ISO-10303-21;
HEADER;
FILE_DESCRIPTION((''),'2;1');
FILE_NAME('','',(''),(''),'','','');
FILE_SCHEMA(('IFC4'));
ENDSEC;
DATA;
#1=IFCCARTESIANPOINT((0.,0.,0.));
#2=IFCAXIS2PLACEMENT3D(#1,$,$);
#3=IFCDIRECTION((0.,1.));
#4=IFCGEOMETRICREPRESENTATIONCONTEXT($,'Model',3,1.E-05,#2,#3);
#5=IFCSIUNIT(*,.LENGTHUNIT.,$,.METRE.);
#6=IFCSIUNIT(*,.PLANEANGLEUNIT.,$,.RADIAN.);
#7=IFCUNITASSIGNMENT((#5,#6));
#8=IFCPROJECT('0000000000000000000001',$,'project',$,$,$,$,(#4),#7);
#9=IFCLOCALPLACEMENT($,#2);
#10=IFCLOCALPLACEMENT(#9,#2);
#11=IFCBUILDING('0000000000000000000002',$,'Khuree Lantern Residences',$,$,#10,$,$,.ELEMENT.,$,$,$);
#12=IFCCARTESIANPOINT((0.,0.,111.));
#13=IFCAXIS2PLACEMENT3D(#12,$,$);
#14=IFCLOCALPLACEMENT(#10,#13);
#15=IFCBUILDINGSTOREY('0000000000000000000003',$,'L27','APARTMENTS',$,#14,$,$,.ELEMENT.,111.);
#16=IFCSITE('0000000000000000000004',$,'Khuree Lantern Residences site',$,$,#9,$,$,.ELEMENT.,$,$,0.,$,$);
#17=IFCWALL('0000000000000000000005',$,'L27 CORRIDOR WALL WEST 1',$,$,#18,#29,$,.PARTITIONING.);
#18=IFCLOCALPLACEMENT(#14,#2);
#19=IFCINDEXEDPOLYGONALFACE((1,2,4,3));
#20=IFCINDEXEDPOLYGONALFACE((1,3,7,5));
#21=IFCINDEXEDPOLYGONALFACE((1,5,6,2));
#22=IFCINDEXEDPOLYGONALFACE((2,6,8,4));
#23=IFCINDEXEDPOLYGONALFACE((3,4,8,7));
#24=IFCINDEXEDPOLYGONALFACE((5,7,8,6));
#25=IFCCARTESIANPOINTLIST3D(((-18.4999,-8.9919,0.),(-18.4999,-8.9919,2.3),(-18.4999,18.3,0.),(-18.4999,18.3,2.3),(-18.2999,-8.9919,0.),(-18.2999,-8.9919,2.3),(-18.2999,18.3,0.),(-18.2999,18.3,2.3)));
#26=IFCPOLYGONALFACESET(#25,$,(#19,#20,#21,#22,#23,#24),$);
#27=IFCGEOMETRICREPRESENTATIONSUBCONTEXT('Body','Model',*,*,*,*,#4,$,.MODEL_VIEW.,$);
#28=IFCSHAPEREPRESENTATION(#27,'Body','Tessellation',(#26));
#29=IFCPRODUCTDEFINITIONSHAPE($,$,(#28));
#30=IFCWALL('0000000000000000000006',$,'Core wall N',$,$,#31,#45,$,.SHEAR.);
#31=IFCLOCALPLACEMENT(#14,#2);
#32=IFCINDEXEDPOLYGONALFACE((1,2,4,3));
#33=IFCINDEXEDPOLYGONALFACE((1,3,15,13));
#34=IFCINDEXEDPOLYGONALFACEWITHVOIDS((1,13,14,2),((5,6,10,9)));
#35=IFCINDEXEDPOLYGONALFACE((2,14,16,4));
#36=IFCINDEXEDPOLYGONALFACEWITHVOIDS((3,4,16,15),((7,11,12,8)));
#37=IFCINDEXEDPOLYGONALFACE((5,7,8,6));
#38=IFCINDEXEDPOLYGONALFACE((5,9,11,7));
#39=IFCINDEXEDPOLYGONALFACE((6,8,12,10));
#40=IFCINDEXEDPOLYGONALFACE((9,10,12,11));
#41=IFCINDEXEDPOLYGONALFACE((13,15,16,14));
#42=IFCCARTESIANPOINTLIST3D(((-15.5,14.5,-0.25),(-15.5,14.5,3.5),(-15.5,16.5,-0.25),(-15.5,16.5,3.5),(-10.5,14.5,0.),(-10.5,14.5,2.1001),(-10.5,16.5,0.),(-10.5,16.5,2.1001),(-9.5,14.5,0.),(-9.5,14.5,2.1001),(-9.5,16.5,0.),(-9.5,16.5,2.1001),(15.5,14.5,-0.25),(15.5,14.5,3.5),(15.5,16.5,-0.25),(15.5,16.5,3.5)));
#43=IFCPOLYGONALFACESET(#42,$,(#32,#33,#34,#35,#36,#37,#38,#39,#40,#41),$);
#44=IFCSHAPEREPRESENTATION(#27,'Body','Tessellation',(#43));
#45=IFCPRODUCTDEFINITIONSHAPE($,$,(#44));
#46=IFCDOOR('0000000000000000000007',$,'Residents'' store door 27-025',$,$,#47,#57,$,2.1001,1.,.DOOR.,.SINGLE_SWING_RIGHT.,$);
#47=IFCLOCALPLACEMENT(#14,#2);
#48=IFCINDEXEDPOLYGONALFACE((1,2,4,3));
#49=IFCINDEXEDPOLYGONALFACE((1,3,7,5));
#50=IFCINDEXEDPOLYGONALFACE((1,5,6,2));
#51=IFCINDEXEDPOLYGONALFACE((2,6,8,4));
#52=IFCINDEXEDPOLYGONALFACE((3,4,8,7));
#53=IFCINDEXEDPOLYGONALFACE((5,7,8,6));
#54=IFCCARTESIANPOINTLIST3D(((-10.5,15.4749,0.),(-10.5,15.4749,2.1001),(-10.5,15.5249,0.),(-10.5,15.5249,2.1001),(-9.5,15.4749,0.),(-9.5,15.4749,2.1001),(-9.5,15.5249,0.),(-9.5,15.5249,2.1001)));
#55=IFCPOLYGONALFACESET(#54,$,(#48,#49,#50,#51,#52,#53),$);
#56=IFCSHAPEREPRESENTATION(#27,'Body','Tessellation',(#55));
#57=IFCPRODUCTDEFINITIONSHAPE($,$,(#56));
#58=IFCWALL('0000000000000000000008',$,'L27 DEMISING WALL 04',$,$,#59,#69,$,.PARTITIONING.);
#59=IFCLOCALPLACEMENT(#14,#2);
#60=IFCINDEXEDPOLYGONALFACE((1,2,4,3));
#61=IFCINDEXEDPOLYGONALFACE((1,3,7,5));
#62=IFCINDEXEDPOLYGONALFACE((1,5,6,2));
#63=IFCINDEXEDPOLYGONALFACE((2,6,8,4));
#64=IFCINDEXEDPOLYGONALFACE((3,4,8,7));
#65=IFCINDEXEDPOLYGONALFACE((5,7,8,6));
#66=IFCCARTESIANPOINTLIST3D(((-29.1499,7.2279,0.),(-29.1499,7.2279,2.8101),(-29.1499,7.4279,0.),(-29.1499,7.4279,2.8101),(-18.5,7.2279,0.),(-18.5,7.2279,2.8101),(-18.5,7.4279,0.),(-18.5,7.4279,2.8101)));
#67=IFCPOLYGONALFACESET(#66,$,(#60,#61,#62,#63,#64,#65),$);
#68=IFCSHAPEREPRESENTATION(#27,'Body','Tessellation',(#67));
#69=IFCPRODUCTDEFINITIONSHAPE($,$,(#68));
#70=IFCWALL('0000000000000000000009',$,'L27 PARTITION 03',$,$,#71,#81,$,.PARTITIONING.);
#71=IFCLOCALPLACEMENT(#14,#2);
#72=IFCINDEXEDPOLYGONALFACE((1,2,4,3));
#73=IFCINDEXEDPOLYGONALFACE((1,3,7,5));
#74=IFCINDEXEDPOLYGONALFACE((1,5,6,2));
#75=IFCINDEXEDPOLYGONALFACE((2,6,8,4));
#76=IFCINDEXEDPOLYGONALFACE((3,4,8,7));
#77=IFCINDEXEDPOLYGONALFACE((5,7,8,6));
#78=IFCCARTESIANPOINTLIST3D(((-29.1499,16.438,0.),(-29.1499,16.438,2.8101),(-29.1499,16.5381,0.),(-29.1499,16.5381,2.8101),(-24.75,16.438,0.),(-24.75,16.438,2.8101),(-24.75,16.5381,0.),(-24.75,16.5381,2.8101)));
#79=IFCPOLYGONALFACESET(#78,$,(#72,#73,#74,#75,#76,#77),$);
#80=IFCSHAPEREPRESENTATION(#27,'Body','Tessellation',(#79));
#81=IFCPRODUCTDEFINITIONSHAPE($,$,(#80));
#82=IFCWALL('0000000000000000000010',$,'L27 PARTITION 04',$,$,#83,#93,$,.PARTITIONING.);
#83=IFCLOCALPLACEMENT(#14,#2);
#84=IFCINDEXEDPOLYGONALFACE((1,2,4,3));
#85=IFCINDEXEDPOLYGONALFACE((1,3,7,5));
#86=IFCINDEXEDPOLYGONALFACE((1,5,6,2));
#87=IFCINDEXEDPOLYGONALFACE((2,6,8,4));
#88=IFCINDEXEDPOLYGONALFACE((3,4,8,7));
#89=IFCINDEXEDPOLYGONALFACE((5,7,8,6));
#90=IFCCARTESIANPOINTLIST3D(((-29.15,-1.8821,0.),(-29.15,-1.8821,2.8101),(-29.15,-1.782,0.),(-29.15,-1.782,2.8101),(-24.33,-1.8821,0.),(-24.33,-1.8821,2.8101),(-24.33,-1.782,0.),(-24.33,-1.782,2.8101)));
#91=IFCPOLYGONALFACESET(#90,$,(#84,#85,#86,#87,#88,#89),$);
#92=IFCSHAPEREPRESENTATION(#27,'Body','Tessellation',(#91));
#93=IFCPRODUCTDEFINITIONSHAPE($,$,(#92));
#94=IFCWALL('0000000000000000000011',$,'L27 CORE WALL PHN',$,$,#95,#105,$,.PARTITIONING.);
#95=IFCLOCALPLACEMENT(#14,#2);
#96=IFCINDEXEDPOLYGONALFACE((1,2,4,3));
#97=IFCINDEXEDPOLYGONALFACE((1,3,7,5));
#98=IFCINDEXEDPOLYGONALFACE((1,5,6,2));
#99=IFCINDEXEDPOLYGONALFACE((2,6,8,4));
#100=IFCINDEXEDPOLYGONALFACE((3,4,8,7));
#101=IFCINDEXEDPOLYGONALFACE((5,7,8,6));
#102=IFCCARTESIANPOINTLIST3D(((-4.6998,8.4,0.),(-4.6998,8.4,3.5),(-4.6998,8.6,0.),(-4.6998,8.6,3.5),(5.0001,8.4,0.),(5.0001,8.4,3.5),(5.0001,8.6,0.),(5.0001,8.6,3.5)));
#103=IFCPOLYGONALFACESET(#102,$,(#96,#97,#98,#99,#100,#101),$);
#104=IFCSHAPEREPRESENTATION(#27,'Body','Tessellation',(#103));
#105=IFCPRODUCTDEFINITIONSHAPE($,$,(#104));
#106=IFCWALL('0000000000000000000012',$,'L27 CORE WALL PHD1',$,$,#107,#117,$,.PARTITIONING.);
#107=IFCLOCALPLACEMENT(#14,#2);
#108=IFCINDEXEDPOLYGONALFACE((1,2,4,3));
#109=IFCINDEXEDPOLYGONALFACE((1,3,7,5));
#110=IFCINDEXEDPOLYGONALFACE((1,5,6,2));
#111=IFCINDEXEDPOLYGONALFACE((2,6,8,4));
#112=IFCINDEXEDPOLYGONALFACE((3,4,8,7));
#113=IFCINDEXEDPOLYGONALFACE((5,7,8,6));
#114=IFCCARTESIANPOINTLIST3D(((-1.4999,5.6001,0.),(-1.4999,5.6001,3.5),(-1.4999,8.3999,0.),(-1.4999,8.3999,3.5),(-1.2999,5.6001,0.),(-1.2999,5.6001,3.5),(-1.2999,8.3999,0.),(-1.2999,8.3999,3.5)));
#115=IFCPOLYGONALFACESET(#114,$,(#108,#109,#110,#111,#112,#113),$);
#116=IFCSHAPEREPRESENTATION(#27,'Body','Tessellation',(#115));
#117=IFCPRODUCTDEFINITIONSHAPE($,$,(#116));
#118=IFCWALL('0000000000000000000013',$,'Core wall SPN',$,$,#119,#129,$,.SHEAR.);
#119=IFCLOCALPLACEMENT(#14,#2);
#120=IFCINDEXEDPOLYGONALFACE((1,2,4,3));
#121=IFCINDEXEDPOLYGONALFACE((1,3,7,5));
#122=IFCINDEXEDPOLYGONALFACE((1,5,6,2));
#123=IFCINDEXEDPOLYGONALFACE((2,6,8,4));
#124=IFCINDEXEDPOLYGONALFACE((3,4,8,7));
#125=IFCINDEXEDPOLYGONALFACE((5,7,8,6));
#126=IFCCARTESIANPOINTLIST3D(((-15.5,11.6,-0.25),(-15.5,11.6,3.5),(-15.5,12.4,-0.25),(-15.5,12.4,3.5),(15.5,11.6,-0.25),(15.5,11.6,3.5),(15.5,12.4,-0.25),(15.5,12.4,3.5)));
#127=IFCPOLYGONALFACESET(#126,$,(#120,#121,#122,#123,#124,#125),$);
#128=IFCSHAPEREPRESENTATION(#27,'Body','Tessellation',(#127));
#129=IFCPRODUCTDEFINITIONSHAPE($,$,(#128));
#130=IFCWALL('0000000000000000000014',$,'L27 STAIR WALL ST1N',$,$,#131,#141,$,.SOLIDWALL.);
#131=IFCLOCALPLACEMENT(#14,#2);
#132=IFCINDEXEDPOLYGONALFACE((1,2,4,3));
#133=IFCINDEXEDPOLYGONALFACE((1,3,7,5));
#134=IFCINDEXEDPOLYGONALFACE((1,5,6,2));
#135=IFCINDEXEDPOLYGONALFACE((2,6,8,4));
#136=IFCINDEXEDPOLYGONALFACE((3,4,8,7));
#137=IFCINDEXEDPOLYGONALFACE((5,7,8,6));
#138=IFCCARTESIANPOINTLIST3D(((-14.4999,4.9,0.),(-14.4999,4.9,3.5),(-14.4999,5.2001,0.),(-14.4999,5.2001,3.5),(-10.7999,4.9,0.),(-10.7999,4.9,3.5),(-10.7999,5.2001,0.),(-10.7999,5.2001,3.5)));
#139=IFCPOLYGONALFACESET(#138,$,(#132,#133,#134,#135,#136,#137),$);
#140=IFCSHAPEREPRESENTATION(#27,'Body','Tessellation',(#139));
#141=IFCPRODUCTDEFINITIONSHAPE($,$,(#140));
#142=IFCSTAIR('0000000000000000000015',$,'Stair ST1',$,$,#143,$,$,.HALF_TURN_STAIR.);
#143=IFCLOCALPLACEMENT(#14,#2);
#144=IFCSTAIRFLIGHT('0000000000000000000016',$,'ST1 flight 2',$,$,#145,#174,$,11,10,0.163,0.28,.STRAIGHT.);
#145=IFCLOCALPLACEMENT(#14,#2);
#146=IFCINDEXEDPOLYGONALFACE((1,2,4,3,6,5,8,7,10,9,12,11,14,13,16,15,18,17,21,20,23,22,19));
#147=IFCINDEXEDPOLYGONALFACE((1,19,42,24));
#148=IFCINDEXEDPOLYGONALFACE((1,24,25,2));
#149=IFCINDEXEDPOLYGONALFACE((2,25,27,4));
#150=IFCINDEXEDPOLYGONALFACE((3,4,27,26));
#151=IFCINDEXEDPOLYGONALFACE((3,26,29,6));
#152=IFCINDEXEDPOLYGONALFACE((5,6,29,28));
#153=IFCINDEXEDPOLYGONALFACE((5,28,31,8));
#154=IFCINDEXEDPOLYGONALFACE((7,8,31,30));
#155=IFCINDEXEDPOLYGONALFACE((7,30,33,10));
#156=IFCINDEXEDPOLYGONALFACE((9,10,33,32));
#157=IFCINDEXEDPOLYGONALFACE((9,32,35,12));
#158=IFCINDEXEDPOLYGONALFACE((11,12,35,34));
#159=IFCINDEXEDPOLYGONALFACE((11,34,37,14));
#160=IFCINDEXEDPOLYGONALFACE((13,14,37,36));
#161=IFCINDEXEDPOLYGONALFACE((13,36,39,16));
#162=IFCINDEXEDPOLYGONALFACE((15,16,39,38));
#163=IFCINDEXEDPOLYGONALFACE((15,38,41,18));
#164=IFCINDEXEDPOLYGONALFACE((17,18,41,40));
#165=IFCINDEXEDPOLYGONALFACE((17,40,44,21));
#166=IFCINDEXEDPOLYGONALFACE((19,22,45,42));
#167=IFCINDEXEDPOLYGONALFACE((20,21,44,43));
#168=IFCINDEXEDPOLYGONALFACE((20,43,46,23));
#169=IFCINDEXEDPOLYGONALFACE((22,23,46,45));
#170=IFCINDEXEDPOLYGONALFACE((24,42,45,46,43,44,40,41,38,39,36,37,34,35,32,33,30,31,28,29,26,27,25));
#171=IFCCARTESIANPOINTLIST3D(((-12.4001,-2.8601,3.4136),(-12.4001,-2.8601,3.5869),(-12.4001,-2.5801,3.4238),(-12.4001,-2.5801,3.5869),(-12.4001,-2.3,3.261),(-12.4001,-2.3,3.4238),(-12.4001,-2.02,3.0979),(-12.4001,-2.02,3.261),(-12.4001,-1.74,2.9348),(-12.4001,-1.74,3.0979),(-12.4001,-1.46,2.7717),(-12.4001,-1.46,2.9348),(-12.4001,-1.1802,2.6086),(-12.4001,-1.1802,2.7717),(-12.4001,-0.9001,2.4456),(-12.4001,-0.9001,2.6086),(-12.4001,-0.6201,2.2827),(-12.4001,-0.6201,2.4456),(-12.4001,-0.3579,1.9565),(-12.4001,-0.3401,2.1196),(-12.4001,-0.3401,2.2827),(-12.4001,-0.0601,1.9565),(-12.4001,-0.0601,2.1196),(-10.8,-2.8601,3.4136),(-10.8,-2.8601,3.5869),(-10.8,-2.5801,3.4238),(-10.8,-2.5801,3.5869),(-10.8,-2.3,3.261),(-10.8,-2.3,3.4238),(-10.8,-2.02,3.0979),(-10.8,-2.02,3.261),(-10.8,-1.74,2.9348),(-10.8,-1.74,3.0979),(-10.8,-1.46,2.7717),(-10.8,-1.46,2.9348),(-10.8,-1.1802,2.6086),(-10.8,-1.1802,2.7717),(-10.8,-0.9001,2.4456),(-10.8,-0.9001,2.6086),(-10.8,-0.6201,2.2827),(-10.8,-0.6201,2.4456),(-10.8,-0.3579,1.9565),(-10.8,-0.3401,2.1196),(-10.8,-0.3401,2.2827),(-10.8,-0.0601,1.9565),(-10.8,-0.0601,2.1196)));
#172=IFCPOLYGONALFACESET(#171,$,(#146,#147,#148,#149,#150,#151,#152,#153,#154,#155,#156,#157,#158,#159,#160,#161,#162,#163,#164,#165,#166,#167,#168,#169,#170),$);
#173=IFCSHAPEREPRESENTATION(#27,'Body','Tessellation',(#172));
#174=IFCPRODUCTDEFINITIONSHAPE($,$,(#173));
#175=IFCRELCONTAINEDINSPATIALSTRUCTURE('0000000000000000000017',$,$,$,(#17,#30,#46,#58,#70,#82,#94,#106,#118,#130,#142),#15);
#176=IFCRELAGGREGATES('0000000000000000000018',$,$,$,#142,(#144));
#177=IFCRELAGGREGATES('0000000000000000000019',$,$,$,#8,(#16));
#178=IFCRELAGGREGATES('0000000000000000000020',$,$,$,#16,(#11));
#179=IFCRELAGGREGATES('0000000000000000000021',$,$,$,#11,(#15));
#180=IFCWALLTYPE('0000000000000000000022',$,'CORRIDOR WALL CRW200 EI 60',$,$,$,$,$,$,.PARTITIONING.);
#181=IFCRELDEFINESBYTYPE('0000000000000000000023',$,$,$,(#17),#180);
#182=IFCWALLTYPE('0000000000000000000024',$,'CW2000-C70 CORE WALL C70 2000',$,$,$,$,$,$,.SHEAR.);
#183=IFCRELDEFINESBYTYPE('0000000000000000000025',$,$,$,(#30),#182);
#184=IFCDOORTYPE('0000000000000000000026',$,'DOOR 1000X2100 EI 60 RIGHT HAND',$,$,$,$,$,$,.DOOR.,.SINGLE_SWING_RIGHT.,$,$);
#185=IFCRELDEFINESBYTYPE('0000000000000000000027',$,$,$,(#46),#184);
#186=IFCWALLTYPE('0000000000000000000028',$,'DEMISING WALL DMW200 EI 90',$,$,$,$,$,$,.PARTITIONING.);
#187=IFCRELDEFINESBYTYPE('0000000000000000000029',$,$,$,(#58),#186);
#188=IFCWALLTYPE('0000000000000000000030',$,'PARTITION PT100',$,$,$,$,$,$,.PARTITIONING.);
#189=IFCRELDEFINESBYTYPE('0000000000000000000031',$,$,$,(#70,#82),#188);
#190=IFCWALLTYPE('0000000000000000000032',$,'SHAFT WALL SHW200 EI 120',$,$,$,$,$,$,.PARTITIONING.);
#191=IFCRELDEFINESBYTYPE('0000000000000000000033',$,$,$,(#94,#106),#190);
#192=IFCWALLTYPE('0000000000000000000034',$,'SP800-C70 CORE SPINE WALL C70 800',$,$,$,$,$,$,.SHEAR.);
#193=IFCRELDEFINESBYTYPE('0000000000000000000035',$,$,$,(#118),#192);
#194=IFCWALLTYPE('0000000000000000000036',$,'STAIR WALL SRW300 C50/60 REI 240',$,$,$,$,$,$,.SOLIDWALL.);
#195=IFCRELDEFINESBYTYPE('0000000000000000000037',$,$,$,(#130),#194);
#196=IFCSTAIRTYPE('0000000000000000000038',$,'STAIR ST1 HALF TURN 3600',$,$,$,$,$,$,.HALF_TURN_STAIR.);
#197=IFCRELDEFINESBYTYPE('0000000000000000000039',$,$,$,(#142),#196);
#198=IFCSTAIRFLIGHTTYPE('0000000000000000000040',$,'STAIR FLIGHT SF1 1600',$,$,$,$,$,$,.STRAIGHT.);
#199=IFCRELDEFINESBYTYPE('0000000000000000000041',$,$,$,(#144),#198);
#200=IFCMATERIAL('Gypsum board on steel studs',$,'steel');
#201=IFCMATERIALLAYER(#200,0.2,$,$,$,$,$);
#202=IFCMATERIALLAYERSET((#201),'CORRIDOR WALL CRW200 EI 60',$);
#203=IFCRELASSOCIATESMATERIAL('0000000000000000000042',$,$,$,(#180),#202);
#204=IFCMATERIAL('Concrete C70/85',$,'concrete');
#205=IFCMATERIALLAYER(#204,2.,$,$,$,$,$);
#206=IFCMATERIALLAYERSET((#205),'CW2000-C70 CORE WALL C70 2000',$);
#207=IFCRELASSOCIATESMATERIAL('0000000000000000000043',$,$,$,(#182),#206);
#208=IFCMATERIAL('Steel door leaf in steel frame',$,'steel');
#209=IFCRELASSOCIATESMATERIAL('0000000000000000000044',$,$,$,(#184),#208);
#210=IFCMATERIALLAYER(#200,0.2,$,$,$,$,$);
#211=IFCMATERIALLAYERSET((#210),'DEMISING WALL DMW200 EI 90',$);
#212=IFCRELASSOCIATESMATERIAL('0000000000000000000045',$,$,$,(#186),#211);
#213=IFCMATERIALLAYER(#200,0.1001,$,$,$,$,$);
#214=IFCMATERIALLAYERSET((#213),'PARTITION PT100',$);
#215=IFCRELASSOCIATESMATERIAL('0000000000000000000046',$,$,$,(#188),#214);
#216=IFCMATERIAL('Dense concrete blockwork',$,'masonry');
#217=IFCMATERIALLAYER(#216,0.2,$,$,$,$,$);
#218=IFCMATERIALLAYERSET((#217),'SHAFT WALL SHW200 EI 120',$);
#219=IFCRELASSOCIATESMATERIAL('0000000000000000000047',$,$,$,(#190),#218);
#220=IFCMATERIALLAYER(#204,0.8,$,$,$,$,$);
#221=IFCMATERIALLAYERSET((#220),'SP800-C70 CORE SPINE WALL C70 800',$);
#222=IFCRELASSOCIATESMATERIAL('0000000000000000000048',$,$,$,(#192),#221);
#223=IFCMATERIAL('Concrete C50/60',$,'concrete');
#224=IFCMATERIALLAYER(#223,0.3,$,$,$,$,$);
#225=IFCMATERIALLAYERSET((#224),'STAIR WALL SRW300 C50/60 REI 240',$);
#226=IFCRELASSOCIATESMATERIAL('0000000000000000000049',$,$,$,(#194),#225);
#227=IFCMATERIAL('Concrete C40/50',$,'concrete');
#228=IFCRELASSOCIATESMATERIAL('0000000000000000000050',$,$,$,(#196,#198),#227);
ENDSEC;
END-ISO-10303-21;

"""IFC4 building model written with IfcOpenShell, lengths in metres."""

from ifc_helpers import new_model, si_unit, direction, frame, frame_2d, origin, place, context, subcontext, project, spatial, polyline, rectangle, outline, extrude, material, layer, layer_set, type_object, element, fill, aggregate, save


model = new_model("IFC4")

# Units and contexts
model_context = context("Model", 3, precision=1e-05, world=origin(), true_north=direction((0.0, 1.0)))
body_context = subcontext(model_context, "Body", "Model", "MODEL_VIEW")
ifc_project = project(units=[si_unit("LENGTHUNIT", "METRE"), si_unit("PLANEANGLEUNIT", "RADIAN")], contexts=[model_context])

# Site, building, storey
site_placement = place(None, origin())
site = spatial("IfcSite", under=ifc_project, at=site_placement, Name="Khuree Lantern Residences site", CompositionType="ELEMENT", RefElevation=0.0)
building_placement = place(site_placement, origin())
building = spatial("IfcBuilding", under=site, at=building_placement, Name="Khuree Lantern Residences", CompositionType="ELEMENT")
storey_placement = place(building_placement, frame((0.0, 0.0, 111.0)))
storey = spatial("IfcBuildingStorey", under=building, at=storey_placement, Name="L27", Description="APARTMENTS", CompositionType="ELEMENT", Elevation=111.0)

# Shared definitions
ifc_material_1 = material(Name="Concrete C70/85", Category="concrete")

# Shared definitions
ifc_material_2 = material(Name="Dense concrete blockwork", Category="masonry")

# Shared definitions
ifc_material_3 = material(Name="Steel door leaf in steel frame", Category="steel")

# Wall
ifc_material_4 = material(Name="Gypsum board on steel studs", Category="steel")
ifc_layer_1 = layer(ifc_material_4, 0.2)
ifc_layer_set_1 = layer_set([ifc_layer_1], Name="CORRIDOR WALL CRW200 EI 60")
wall_type_1 = type_object("IfcWallType", Name="CORRIDOR WALL CRW200 EI 60", PredefinedType="PARTITIONING", material=ifc_layer_set_1)
wall_1_placement = place(storey_placement, frame((-18.3999, 18.3, 0.0), z_axis=(0.0, 0.0, 1.0), x_axis=(0.0, -1.0, 0.0)))
element("IfcWall", 1, at=wall_1_placement, inside=storey, type_object=wall_type_1, Name="L27 CORRIDOR WALL WEST 1", PredefinedType="PARTITIONING", context=body_context, shape_type="SweptSolid", body=[
    extrude(rectangle(XDim=27.292, YDim=0.2, at=frame_2d((13.646, 0.0))), origin(), (0.0, 0.0, 1.0), 2.3),
])

# Wall, opening, door
ifc_layer_2 = layer(ifc_material_1, 2.0)
ifc_layer_set_2 = layer_set([ifc_layer_2], Name="CW2000-C70 CORE WALL C70 2000")
wall_type_2 = type_object("IfcWallType", Name="CW2000-C70 CORE WALL C70 2000", PredefinedType="SHEAR", material=ifc_layer_set_2)
wall_2_placement = place(storey_placement, frame((-15.5, 15.5, -0.25), z_axis=(0.0, 0.0, 1.0), x_axis=(1.0, 0.0, 0.0)))
wall_2 = element("IfcWall", 2, at=wall_2_placement, inside=storey, type_object=wall_type_2, Name="Core wall N", PredefinedType="SHEAR", context=body_context, shape_type="SweptSolid", body=[
    extrude(rectangle(XDim=31.0, YDim=2.0, at=frame_2d((15.5, 0.0))), origin(), (0.0, 0.0, 1.0), 3.75),
])
opening_1_placement = place(wall_2_placement, frame((5.0, 0.0, 0.25)))
opening_1 = element("IfcOpeningElement", 3, at=opening_1_placement, cuts=wall_2, PredefinedType="OPENING", context=body_context, shape_type="SweptSolid", body=[
    extrude(rectangle(XDim=1.0, YDim=2.1001, at=frame_2d((0.5, 1.05))), frame((0.0, 1.01, 0.0), z_axis=(0.0, -1.0, 0.0), x_axis=(1.0, 0.0, 0.0)), (0.0, 0.0, 1.0), 2.02),
])
door_type_1 = type_object("IfcDoorType", Name="DOOR 1000X2100 EI 60 RIGHT HAND", OperationType="SINGLE_SWING_RIGHT", PredefinedType="DOOR", material=ifc_material_3)
door_1_placement = place(opening_1_placement, origin())
door_1 = element("IfcDoor", 4, at=door_1_placement, inside=storey, type_object=door_type_1, Name="Residents' store door 27-025", OperationType="SINGLE_SWING_RIGHT", OverallHeight=2.1001, OverallWidth=1.0, PredefinedType="DOOR", context=body_context, shape_type="SweptSolid", body=[
    extrude(rectangle(XDim=1.0, YDim=2.1001, at=frame_2d((0.5, 1.05))), frame((0.0, 0.0249, 0.0), z_axis=(0.0, -1.0, 0.0), x_axis=(1.0, 0.0, 0.0)), (0.0, 0.0, 1.0), 0.05),
])
fill(opening_1, door_1)

# Walls
ifc_layer_3 = layer(ifc_material_4, 0.2)
ifc_layer_set_3 = layer_set([ifc_layer_3], Name="DEMISING WALL DMW200 EI 90")
wall_type_3 = type_object("IfcWallType", Name="DEMISING WALL DMW200 EI 90", PredefinedType="PARTITIONING", material=ifc_layer_set_3)
wall_3_placement = place(storey_placement, frame((-18.5, 7.3279, 0.0), z_axis=(0.0, 0.0, 1.0), x_axis=(-1.0, 0.0, 0.0)))
element("IfcWall", 5, at=wall_3_placement, inside=storey, type_object=wall_type_3, Name="L27 DEMISING WALL 04", PredefinedType="PARTITIONING", context=body_context, shape_type="SweptSolid", body=[
    extrude(rectangle(XDim=10.6499, YDim=0.2, at=frame_2d((5.325, 0.0))), origin(), (0.0, 0.0, 1.0), 2.8101),
])
ifc_layer_4 = layer(ifc_material_4, 0.1001)
ifc_layer_set_4 = layer_set([ifc_layer_4], Name="PARTITION PT100")
wall_type_4 = type_object("IfcWallType", Name="PARTITION PT100", PredefinedType="PARTITIONING", material=ifc_layer_set_4)
wall_4_placement = place(storey_placement, frame((-24.75, 16.488, 0.0), z_axis=(0.0, 0.0, 1.0), x_axis=(-1.0, 0.0, 0.0)))
element("IfcWall", 6, at=wall_4_placement, inside=storey, type_object=wall_type_4, Name="L27 PARTITION 03", PredefinedType="PARTITIONING", context=body_context, shape_type="SweptSolid", body=[
    extrude(rectangle(XDim=4.3999, YDim=0.1001, at=frame_2d((2.2, 0.0))), origin(), (0.0, 0.0, 1.0), 2.8101),
])
wall_5_placement = place(storey_placement, frame((-24.3298, -1.832, 0.0), z_axis=(0.0, 0.0, 1.0), x_axis=(-1.0, 0.0, 0.0)))
element("IfcWall", 7, at=wall_5_placement, inside=storey, type_object=wall_type_4, Name="L27 PARTITION 04", PredefinedType="PARTITIONING", context=body_context, shape_type="SweptSolid", body=[
    extrude(rectangle(XDim=4.8201, YDim=0.1001, at=frame_2d((2.4102, 0.0))), origin(), (0.0, 0.0, 1.0), 2.8101),
])
ifc_layer_5 = layer(ifc_material_2, 0.2)
ifc_layer_set_5 = layer_set([ifc_layer_5], Name="SHAFT WALL SHW200 EI 120")
wall_type_5 = type_object("IfcWallType", Name="SHAFT WALL SHW200 EI 120", PredefinedType="PARTITIONING", material=ifc_layer_set_5)
wall_6_placement = place(storey_placement, frame((-4.7, 8.5, 0.0), z_axis=(0.0, 0.0, 1.0), x_axis=(1.0, 0.0, 0.0)))
element("IfcWall", 8, at=wall_6_placement, inside=storey, type_object=wall_type_5, Name="L27 CORE WALL PHN", PredefinedType="PARTITIONING", context=body_context, shape_type="SweptSolid", body=[
    extrude(rectangle(XDim=9.7, YDim=0.2, at=frame_2d((4.8501, 0.0))), origin(), (0.0, 0.0, 1.0), 3.5),
])
wall_7_placement = place(storey_placement, frame((-1.3999, 5.6001, 0.0), z_axis=(0.0, 0.0, 1.0), x_axis=(0.0, 1.0, 0.0)))
element("IfcWall", 9, at=wall_7_placement, inside=storey, type_object=wall_type_5, Name="L27 CORE WALL PHD1", PredefinedType="PARTITIONING", context=body_context, shape_type="SweptSolid", body=[
    extrude(rectangle(XDim=2.7998, YDim=0.2, at=frame_2d((1.3999, 0.0))), origin(), (0.0, 0.0, 1.0), 3.5),
])
ifc_layer_6 = layer(ifc_material_1, 0.8)
ifc_layer_set_6 = layer_set([ifc_layer_6], Name="SP800-C70 CORE SPINE WALL C70 800")
wall_type_6 = type_object("IfcWallType", Name="SP800-C70 CORE SPINE WALL C70 800", PredefinedType="SHEAR", material=ifc_layer_set_6)
wall_8_placement = place(storey_placement, frame((-15.5, 12.0, -0.25), z_axis=(0.0, 0.0, 1.0), x_axis=(1.0, 0.0, 0.0)))
element("IfcWall", 10, at=wall_8_placement, inside=storey, type_object=wall_type_6, Name="Core wall SPN", PredefinedType="SHEAR", context=body_context, shape_type="SweptSolid", body=[
    extrude(rectangle(XDim=31.0, YDim=0.8, at=frame_2d((15.5, 0.0))), origin(), (0.0, 0.0, 1.0), 3.75),
])
ifc_material_5 = material(Name="Concrete C50/60", Category="concrete")
ifc_layer_7 = layer(ifc_material_5, 0.3)
ifc_layer_set_7 = layer_set([ifc_layer_7], Name="STAIR WALL SRW300 C50/60 REI 240")
wall_type_7 = type_object("IfcWallType", Name="STAIR WALL SRW300 C50/60 REI 240", PredefinedType="SOLIDWALL", material=ifc_layer_set_7)
wall_9_placement = place(storey_placement, frame((-14.5, 5.05, 0.0), z_axis=(0.0, 0.0, 1.0), x_axis=(1.0, 0.0, 0.0)))
element("IfcWall", 11, at=wall_9_placement, inside=storey, type_object=wall_type_7, Name="L27 STAIR WALL ST1N", PredefinedType="SOLIDWALL", context=body_context, shape_type="SweptSolid", body=[
    extrude(rectangle(XDim=3.7, YDim=0.3, at=frame_2d((1.8501, 0.0))), origin(), (0.0, 0.0, 1.0), 3.5),
])

# Stair, stair flight
ifc_material_6 = material(Name="Concrete C40/50", Category="concrete")
stair_type = type_object("IfcStairType", Name="STAIR ST1 HALF TURN 3600", PredefinedType="HALF_TURN_STAIR", material=ifc_material_6)
stair_placement = place(storey_placement, origin())
stair = element("IfcStair", 12, at=stair_placement, inside=storey, type_object=stair_type, Name="Stair ST1", PredefinedType="HALF_TURN_STAIR")
stair_flight_type = type_object("IfcStairFlightType", Name="STAIR FLIGHT SF1 1600", PredefinedType="STRAIGHT", material=ifc_material_6)
stair_flight_placement = place(storey_placement, frame((-11.6001, -0.0601, 1.9565), z_axis=(0.0, 0.0, 1.0), x_axis=(0.0, -1.0, 0.0)))
stair_flight = element("IfcStairFlight", 13, at=stair_flight_placement, type_object=stair_flight_type, Name="ST1 flight 2", NumberOfRisers=11, NumberOfTreads=10, PredefinedType="STRAIGHT", RiserHeight=0.163, TreadLength=0.28, context=body_context, shape_type="SweptSolid", body=[
    extrude(outline(polyline([(0.0, 0.0), (0.0, 0.1631), (0.28, 0.1631), (0.28, 0.3262), (0.5601, 0.3262), (0.5601, 0.489), (0.8401, 0.489), (0.8401, 0.6521), (1.1201, 0.6521), (1.1201, 0.8152), (1.3999, 0.8152), (1.3999, 0.9783), (1.6799, 0.9783), (1.6799, 1.1414), (1.96, 1.1414), (1.96, 1.3044), (2.24, 1.3044), (2.24, 1.4673), (2.52, 1.4673), (2.52, 1.6304), (2.8, 1.6304), (2.8, 1.7935), (2.8, 1.457), (0.2979, 0.0), (0.0, 0.0)])), frame((0.0, 0.8, 0.0), z_axis=(0.0, -1.0, 0.0), x_axis=(1.0, 0.0, 0.0)), (0.0, 0.0, 1.0), 1.6001),
])
aggregate(stair, [stair_flight])

save(model, "model.ifc")
